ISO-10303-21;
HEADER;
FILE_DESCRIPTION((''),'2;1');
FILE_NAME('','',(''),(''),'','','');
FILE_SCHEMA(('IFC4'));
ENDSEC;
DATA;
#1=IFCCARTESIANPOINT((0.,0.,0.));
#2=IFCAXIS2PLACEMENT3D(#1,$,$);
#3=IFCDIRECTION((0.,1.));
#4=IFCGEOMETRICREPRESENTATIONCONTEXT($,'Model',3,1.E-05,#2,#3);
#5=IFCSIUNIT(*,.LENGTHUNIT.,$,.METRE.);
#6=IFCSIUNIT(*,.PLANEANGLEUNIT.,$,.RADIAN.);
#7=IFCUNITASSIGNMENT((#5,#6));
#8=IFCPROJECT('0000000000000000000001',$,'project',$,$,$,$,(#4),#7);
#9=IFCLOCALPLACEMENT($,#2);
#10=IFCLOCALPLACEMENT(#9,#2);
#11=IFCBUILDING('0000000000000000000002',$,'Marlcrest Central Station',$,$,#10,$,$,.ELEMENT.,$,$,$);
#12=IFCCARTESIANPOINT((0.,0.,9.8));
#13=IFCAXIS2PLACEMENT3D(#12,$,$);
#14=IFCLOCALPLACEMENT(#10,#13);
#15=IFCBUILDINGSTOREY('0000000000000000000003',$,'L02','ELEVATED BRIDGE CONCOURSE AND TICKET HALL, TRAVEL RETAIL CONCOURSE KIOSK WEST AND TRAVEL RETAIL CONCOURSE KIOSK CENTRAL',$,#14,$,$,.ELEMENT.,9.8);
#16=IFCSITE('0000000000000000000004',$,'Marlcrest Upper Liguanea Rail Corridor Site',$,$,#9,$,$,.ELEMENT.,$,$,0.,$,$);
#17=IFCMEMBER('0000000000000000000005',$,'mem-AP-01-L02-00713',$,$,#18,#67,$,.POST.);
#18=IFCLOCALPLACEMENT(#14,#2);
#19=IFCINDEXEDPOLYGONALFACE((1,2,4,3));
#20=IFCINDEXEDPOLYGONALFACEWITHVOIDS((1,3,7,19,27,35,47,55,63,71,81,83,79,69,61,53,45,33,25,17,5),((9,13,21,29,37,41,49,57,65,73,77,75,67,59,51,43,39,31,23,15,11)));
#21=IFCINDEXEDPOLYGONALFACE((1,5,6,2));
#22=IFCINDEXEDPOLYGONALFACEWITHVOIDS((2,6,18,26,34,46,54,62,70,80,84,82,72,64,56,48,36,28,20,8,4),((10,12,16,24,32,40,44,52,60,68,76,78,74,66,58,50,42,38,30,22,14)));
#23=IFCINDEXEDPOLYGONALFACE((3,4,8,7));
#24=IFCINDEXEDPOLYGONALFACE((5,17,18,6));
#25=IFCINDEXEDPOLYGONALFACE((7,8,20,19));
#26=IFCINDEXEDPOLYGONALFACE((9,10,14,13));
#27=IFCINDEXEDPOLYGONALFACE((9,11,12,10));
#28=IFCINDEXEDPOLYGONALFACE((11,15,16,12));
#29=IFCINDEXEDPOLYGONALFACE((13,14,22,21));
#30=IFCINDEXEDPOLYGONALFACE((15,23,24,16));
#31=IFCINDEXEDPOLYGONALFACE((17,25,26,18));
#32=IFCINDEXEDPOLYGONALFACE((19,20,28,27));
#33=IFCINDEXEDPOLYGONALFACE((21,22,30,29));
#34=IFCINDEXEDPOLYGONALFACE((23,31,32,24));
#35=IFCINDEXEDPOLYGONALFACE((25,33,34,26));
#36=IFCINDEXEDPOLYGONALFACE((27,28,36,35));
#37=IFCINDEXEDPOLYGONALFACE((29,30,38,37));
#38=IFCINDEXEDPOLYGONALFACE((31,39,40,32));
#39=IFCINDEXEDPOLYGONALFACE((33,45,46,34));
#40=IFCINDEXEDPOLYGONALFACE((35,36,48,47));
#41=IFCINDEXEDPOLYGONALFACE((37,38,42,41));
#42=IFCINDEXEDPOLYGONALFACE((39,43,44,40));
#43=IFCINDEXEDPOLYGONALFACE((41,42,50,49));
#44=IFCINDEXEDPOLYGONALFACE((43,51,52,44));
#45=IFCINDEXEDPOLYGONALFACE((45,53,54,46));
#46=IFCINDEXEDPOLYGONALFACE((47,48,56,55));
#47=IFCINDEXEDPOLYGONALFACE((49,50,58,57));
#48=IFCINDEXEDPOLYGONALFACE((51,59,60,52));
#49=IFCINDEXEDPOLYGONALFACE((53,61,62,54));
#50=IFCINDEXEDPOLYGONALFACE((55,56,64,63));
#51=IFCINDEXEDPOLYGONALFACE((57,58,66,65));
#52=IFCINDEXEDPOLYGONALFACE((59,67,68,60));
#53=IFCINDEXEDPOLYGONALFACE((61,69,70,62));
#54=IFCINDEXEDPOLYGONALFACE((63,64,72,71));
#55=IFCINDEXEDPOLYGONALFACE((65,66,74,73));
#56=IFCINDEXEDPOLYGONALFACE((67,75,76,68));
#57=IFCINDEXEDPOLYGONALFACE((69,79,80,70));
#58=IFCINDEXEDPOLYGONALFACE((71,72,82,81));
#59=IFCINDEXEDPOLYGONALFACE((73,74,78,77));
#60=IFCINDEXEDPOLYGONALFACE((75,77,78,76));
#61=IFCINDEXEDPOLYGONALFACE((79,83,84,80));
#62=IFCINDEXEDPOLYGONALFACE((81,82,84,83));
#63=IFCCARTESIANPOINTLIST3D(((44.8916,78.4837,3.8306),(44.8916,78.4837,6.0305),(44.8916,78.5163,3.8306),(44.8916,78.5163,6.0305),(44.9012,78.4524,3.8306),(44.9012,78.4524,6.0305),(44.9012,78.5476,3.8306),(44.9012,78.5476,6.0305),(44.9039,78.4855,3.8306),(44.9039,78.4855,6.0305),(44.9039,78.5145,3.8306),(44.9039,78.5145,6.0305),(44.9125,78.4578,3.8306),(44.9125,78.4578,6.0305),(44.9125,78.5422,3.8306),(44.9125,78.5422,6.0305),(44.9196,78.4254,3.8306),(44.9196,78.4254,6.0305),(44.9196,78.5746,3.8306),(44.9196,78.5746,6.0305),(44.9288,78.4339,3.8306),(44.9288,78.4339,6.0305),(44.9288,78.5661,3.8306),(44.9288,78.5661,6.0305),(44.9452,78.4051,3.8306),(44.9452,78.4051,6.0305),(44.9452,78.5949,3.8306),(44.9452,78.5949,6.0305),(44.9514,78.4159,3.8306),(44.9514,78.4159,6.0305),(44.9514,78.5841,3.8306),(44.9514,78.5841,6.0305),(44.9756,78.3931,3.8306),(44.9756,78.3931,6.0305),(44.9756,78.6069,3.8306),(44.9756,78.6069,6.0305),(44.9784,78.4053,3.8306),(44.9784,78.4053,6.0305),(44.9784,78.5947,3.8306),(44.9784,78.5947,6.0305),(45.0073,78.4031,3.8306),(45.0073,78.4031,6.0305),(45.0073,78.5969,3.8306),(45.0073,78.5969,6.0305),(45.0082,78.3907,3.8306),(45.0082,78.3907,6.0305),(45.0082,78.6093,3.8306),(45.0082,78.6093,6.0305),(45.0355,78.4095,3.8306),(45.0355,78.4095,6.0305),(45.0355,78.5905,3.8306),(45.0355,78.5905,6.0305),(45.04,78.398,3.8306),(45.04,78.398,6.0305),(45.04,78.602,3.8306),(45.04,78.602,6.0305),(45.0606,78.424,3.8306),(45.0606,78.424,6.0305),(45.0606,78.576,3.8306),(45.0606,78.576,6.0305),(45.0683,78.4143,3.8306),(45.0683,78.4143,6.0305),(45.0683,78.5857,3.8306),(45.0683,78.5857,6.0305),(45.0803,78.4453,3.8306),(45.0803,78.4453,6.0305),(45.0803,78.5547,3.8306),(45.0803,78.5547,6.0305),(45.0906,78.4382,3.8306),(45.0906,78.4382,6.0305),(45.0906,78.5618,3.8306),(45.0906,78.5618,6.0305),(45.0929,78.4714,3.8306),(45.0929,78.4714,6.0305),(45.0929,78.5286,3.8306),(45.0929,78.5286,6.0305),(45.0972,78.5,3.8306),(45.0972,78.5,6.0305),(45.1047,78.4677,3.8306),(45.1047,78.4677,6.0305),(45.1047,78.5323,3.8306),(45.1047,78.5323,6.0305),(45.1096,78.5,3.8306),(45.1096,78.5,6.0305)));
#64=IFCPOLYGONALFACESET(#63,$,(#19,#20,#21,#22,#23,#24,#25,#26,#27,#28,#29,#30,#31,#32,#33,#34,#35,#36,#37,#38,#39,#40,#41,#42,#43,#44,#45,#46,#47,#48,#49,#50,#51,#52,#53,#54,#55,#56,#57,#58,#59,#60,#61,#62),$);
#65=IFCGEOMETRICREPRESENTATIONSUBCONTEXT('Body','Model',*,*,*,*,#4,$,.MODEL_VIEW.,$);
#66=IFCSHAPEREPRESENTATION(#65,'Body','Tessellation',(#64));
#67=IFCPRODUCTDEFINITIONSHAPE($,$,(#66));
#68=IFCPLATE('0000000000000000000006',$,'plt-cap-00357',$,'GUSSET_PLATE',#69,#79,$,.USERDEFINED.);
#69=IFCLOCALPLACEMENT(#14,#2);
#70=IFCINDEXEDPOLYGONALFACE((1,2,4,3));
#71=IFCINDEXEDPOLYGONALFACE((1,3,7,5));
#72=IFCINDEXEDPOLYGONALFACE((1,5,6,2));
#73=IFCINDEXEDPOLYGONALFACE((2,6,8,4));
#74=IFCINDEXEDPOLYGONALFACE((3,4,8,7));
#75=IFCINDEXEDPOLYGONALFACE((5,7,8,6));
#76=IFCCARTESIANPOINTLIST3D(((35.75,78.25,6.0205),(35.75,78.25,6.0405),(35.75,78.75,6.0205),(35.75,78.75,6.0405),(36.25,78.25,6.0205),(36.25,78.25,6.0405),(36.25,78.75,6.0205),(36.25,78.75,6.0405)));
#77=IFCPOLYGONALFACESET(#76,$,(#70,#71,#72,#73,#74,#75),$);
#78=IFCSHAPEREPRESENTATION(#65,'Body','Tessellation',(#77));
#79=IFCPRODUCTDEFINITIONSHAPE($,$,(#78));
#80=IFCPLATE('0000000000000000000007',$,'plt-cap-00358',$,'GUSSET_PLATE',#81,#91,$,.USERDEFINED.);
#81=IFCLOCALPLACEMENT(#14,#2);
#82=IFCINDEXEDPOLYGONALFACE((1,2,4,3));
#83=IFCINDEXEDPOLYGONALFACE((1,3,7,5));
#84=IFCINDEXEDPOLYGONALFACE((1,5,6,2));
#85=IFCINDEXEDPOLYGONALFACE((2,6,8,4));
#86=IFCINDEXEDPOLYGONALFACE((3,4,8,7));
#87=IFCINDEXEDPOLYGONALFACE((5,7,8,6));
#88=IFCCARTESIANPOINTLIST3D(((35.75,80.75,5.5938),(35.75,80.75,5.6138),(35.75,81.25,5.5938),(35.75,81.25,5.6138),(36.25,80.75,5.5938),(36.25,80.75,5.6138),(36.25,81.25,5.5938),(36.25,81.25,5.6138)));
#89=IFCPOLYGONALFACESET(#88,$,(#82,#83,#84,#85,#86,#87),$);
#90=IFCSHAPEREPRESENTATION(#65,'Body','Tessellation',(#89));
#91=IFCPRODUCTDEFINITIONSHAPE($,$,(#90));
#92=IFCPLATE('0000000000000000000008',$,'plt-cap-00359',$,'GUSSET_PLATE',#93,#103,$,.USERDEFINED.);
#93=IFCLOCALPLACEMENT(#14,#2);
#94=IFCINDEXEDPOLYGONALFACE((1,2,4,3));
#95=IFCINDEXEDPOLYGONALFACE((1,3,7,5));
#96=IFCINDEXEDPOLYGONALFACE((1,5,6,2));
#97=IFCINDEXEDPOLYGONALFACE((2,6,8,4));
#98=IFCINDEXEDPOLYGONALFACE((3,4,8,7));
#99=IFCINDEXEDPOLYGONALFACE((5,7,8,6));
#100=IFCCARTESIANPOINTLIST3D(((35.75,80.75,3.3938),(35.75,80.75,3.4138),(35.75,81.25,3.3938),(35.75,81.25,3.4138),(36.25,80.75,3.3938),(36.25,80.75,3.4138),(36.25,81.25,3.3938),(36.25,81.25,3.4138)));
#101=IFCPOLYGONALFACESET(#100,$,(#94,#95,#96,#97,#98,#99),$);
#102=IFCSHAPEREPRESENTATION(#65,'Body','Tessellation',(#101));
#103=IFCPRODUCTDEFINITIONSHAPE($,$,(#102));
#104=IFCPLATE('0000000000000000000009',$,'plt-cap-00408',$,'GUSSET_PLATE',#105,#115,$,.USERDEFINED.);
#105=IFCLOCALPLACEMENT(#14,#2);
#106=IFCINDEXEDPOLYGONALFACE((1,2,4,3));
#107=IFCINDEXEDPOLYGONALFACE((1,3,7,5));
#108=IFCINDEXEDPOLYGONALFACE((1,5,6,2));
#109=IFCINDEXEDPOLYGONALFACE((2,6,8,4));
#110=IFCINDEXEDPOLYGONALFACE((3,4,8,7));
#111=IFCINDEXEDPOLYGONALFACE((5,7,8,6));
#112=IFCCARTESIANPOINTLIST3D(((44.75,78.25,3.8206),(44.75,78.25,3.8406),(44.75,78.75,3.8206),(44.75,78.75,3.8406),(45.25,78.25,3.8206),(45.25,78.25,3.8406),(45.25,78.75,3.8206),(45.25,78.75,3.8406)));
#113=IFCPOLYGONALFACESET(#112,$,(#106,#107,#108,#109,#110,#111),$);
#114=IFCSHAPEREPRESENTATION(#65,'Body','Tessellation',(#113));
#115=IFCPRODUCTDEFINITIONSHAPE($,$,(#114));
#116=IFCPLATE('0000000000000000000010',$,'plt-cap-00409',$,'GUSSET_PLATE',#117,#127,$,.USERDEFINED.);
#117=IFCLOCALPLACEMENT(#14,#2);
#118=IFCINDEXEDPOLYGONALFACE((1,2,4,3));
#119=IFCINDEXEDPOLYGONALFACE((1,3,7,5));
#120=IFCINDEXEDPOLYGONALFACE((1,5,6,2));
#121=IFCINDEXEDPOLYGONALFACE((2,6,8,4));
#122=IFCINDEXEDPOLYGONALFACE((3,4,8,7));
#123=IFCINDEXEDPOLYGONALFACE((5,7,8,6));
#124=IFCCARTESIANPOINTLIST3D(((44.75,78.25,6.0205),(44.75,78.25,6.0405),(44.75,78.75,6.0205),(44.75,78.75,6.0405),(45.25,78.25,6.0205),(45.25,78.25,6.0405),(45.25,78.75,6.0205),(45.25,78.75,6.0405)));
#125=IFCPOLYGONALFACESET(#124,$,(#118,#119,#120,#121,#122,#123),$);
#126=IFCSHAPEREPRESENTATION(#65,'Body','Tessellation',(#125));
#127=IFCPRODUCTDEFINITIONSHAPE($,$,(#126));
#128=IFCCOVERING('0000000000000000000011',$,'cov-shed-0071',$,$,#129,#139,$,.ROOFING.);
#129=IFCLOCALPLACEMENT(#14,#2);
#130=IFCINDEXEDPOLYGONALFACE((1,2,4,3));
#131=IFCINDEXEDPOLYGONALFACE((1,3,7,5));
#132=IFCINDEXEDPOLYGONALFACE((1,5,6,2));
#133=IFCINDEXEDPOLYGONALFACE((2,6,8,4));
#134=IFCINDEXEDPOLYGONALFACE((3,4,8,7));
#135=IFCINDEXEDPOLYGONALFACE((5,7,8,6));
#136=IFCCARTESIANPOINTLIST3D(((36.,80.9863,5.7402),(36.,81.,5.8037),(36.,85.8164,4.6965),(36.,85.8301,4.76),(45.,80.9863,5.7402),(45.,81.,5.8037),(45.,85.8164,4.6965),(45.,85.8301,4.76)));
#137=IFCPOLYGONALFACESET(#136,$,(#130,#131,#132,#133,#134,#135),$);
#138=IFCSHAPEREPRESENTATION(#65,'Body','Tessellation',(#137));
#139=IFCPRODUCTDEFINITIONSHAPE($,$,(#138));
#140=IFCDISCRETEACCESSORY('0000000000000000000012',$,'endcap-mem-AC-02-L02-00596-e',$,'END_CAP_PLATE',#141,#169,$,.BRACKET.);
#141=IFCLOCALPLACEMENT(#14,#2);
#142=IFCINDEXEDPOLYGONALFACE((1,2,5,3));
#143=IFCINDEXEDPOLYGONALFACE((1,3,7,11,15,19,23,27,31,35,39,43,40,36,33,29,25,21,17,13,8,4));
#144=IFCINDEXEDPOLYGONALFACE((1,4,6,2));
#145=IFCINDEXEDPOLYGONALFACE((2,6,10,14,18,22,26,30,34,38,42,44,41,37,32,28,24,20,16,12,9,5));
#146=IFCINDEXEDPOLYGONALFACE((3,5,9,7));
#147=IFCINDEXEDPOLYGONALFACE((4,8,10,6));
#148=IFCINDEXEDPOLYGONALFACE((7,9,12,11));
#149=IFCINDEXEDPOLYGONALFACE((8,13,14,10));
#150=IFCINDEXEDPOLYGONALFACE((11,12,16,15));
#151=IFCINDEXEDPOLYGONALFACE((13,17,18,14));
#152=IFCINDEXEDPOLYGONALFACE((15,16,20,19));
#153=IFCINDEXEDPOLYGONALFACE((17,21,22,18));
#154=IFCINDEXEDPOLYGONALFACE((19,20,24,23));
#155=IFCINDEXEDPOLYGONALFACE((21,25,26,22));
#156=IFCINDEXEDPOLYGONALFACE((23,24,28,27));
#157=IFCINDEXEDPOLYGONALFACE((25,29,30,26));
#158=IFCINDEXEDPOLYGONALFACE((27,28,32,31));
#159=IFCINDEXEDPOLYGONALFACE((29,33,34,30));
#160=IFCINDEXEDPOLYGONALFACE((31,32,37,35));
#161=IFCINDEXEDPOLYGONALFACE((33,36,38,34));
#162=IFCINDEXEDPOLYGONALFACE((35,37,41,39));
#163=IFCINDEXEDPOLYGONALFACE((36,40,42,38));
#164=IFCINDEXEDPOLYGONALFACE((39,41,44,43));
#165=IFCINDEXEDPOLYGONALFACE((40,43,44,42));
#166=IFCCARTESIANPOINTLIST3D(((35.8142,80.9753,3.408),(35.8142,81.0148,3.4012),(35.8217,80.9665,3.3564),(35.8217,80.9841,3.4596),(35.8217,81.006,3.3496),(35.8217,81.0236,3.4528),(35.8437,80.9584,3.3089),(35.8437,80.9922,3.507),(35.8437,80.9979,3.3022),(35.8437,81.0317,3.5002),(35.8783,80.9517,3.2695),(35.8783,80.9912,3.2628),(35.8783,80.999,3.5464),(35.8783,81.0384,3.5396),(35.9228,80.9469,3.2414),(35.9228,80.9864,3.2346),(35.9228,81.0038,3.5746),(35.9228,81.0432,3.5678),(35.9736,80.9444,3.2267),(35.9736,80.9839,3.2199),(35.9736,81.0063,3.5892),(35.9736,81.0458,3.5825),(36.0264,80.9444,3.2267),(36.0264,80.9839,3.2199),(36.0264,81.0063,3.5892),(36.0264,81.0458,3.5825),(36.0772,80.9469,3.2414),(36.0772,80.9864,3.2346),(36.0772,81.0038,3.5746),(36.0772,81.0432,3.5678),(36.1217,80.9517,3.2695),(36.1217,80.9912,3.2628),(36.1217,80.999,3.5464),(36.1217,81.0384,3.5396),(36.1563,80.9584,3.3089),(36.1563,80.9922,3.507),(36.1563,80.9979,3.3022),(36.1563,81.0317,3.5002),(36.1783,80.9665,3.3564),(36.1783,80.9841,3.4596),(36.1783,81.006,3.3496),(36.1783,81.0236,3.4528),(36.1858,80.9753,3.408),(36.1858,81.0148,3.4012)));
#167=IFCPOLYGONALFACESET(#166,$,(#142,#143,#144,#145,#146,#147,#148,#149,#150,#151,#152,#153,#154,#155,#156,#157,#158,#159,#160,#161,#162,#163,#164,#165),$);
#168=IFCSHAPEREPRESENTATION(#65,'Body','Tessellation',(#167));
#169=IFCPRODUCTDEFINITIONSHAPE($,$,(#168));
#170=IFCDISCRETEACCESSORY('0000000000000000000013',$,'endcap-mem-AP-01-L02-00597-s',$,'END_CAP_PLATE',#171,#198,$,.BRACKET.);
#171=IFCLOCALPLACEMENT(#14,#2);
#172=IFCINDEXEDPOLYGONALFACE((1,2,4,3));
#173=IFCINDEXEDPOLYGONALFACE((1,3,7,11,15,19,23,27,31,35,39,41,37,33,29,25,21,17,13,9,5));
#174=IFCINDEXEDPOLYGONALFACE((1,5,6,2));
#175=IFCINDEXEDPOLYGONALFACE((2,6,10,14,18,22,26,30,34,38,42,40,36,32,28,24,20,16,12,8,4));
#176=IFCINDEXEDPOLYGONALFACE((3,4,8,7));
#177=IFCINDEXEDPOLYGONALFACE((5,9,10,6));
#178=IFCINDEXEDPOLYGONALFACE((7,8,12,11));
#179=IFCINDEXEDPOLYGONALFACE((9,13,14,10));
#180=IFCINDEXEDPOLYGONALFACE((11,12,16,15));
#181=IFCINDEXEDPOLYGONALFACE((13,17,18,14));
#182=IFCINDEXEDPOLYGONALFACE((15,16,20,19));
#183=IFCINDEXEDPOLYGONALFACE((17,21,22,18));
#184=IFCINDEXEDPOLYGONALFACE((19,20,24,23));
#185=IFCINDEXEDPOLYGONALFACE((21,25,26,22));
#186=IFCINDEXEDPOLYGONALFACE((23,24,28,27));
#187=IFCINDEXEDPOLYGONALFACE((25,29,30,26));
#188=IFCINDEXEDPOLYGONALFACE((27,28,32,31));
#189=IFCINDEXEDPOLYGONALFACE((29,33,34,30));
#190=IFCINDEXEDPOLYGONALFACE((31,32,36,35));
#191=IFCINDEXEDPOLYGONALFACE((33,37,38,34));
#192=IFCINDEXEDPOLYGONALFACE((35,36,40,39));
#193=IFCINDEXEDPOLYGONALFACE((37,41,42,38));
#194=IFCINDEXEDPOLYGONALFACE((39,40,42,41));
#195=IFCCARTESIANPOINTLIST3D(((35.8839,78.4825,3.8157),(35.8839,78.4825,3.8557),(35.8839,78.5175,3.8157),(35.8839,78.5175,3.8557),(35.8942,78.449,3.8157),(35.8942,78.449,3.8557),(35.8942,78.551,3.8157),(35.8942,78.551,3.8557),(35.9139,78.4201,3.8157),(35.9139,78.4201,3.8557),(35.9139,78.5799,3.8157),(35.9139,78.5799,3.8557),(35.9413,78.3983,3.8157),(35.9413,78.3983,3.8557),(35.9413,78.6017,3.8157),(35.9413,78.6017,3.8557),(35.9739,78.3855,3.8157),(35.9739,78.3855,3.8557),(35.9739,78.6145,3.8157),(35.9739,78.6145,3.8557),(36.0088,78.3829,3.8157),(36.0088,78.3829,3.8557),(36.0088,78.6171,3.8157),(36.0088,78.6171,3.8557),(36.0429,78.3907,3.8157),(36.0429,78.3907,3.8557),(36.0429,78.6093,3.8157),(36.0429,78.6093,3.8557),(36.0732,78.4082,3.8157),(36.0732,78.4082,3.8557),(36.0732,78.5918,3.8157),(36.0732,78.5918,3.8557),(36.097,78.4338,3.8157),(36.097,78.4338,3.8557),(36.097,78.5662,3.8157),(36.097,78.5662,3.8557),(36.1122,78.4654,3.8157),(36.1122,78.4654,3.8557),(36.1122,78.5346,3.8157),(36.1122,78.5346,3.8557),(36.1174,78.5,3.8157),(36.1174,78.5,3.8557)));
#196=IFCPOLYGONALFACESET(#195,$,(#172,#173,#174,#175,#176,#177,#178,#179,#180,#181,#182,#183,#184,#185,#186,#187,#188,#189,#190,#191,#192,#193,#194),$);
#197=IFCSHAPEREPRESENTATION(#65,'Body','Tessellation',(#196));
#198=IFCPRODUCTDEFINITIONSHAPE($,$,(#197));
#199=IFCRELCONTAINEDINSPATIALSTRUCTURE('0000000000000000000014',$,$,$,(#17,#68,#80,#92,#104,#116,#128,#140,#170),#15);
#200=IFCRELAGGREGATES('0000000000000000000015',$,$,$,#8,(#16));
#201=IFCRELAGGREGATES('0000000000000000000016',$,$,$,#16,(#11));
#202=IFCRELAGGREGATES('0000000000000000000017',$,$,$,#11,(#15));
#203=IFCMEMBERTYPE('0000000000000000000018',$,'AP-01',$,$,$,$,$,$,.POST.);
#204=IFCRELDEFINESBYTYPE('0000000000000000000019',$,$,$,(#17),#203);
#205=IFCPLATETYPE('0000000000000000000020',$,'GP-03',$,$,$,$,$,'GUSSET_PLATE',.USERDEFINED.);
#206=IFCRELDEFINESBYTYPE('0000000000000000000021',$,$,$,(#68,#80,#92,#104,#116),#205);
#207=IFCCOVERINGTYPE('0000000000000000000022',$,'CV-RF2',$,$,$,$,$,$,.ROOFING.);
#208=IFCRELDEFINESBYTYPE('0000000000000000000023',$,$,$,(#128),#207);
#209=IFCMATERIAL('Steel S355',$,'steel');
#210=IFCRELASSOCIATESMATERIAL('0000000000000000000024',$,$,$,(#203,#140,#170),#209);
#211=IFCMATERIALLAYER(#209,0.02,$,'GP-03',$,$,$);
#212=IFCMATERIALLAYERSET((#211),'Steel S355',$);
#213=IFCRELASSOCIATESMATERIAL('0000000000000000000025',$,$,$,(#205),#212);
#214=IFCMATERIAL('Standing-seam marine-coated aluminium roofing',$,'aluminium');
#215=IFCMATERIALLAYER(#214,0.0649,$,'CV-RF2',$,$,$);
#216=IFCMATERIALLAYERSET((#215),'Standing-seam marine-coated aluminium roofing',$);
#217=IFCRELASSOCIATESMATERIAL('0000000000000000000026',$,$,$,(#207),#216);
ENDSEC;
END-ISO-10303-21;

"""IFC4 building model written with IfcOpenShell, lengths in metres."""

from ifc_helpers import new_model, si_unit, direction, frame, origin, origin_2d, place, context, subcontext, project, spatial, polyline, rectangle, circle, hollow_circle, outline, extrude, material, layer, layer_set, material_profile, profile_set, type_object, element, save


model = new_model("IFC4")

# Units and contexts
model_context = context("Model", 3, precision=1e-05, world=origin(), true_north=direction((0.0, 1.0)))
body_context = subcontext(model_context, "Body", "Model", "MODEL_VIEW")
ifc_project = project(units=[si_unit("LENGTHUNIT", "METRE"), si_unit("PLANEANGLEUNIT", "RADIAN")], contexts=[model_context])

# Site, building, storey
site_placement = place(None, origin())
site = spatial("IfcSite", under=ifc_project, at=site_placement, Name="Marlcrest Upper Liguanea Rail Corridor Site", CompositionType="ELEMENT", RefElevation=0.0)
building_placement = place(site_placement, origin())
building = spatial("IfcBuilding", under=site, at=building_placement, Name="Marlcrest Central Station", CompositionType="ELEMENT")
storey_placement = place(building_placement, frame((0.0, 0.0, 9.8)))
storey = spatial("IfcBuildingStorey", under=building, at=storey_placement, Name="L02", Description="ELEVATED BRIDGE CONCOURSE AND TICKET HALL, TRAVEL RETAIL CONCOURSE KIOSK WEST AND TRAVEL RETAIL CONCOURSE KIOSK CENTRAL", CompositionType="ELEMENT", Elevation=9.8)

# Member
ifc_material_1 = material(Name="Steel S355", Category="steel")
ifc_material_profile_1 = material_profile(ifc_material_1, hollow_circle(Radius=0.1096, WallThickness=0.0125, at=origin_2d()), Name="CHS 219.1x12.5")
ifc_profile_set_1 = profile_set([ifc_material_profile_1], Name="Steel S355")
member_type_1 = type_object("IfcMemberType", Name="AP-01", PredefinedType="POST", material=ifc_profile_set_1)
for number, where, z_axis, x_axis, name in (
    (1, (45.0, 78.5, 3.8306), (0.0, 0.0, 1.0), (1.0, 0.0, 0.0), "mem-AP-01-L02-00713"),
):
    element("IfcMember", number, at=place(storey_placement, frame(where, z_axis=z_axis, x_axis=x_axis)), inside=storey, type_object=member_type_1, Name=name, PredefinedType="POST", context=body_context, shape_type="SweptSolid", body=[
        extrude(hollow_circle(Radius=0.1096, WallThickness=0.0125, at=origin_2d()), origin(), (0.0, 0.0, 1.0), 2.2),
    ])

# Plates
ifc_layer_1 = layer(ifc_material_1, 0.02, Name="GP-03")
ifc_layer_set_1 = layer_set([ifc_layer_1], Name="Steel S355")
plate_type = type_object("IfcPlateType", Name="GP-03", ElementType="GUSSET_PLATE", PredefinedType="USERDEFINED", material=ifc_layer_set_1)
for number, where, z_axis, x_axis, name in (
    (2, (36.0, 78.5, 6.0205), (0.0, 0.0, 1.0), (1.0, 0.0, 0.0), "plt-cap-00357"),
    (3, (36.0, 81.0, 5.5938), (0.0, 0.0, 1.0), (1.0, 0.0, 0.0), "plt-cap-00358"),
    (4, (36.0, 81.0, 3.3938), (0.0, 0.0, 1.0), (1.0, 0.0, 0.0), "plt-cap-00359"),
    (5, (45.0, 78.5, 3.8206), (0.0, 0.0, 1.0), (1.0, 0.0, 0.0), "plt-cap-00408"),
    (6, (45.0, 78.5, 6.0205), (0.0, 0.0, 1.0), (1.0, 0.0, 0.0), "plt-cap-00409"),
):
    element("IfcPlate", number, at=place(storey_placement, frame(where, z_axis=z_axis, x_axis=x_axis)), inside=storey, type_object=plate_type, Name=name, ObjectType="GUSSET_PLATE", PredefinedType="USERDEFINED", context=body_context, shape_type="SweptSolid", body=[
        extrude(rectangle(XDim=0.5, YDim=0.5, at=origin_2d()), origin(), (0.0, 0.0, 1.0), 0.02),
    ])

# Covering
ifc_material_2 = material(Name="Standing-seam marine-coated aluminium roofing", Category="aluminium")
ifc_layer_2 = layer(ifc_material_2, 0.0649, Name="CV-RF2")
ifc_layer_set_2 = layer_set([ifc_layer_2], Name="Standing-seam marine-coated aluminium roofing")
covering_type = type_object("IfcCoveringType", Name="CV-RF2", PredefinedType="ROOFING", material=ifc_layer_set_2)
covering_placement = place(storey_placement, frame((36.0, 81.0, 5.8037), z_axis=(0.0, 0.211209, 0.977441), x_axis=(1.0, 0.0, 0.0)))
element("IfcCovering", 7, at=covering_placement, inside=storey, type_object=covering_type, Name="cov-shed-0071", PredefinedType="ROOFING", context=body_context, shape_type="SweptSolid", body=[
    extrude(outline(polyline([(0.0, 0.0), (9.0, 0.0), (9.0, 4.9416), (0.0, 4.9416), (0.0, 0.0)])), origin(), (0.0, 0.0, -1.0), 0.0649),
])

# Discrete accessories
discrete_accessory_1_placement = place(storey_placement, frame((36.0, 80.9753, 3.408), z_axis=(0.0, 0.985741, -0.168269), x_axis=(-1.0, 0.0, 0.0)))
element("IfcDiscreteAccessory", 8, at=discrete_accessory_1_placement, inside=storey, material=ifc_material_1, Name="endcap-mem-AC-02-L02-00596-e", ObjectType="END_CAP_PLATE", PredefinedType="BRACKET", context=body_context, shape_type="SweptSolid", body=[
    extrude(circle(Radius=0.1858, at=origin_2d()), origin(), (0.0, 0.0, 1.0), 0.04),
])
for number, where, z_axis, x_axis, name in (
    (9, (36.0, 78.5, 3.8157), (0.0, 0.0, 1.0), (1.0, 0.0, 0.0), "endcap-mem-AP-01-L02-00597-s"),
):
    element("IfcDiscreteAccessory", number, at=place(storey_placement, frame(where, z_axis=z_axis, x_axis=x_axis)), inside=storey, material=ifc_material_1, Name=name, ObjectType="END_CAP_PLATE", PredefinedType="BRACKET", context=body_context, shape_type="SweptSolid", body=[
        extrude(circle(Radius=0.1174, at=origin_2d()), origin(), (0.0, 0.0, 1.0), 0.04),
    ])

save(model, "model.ifc")
